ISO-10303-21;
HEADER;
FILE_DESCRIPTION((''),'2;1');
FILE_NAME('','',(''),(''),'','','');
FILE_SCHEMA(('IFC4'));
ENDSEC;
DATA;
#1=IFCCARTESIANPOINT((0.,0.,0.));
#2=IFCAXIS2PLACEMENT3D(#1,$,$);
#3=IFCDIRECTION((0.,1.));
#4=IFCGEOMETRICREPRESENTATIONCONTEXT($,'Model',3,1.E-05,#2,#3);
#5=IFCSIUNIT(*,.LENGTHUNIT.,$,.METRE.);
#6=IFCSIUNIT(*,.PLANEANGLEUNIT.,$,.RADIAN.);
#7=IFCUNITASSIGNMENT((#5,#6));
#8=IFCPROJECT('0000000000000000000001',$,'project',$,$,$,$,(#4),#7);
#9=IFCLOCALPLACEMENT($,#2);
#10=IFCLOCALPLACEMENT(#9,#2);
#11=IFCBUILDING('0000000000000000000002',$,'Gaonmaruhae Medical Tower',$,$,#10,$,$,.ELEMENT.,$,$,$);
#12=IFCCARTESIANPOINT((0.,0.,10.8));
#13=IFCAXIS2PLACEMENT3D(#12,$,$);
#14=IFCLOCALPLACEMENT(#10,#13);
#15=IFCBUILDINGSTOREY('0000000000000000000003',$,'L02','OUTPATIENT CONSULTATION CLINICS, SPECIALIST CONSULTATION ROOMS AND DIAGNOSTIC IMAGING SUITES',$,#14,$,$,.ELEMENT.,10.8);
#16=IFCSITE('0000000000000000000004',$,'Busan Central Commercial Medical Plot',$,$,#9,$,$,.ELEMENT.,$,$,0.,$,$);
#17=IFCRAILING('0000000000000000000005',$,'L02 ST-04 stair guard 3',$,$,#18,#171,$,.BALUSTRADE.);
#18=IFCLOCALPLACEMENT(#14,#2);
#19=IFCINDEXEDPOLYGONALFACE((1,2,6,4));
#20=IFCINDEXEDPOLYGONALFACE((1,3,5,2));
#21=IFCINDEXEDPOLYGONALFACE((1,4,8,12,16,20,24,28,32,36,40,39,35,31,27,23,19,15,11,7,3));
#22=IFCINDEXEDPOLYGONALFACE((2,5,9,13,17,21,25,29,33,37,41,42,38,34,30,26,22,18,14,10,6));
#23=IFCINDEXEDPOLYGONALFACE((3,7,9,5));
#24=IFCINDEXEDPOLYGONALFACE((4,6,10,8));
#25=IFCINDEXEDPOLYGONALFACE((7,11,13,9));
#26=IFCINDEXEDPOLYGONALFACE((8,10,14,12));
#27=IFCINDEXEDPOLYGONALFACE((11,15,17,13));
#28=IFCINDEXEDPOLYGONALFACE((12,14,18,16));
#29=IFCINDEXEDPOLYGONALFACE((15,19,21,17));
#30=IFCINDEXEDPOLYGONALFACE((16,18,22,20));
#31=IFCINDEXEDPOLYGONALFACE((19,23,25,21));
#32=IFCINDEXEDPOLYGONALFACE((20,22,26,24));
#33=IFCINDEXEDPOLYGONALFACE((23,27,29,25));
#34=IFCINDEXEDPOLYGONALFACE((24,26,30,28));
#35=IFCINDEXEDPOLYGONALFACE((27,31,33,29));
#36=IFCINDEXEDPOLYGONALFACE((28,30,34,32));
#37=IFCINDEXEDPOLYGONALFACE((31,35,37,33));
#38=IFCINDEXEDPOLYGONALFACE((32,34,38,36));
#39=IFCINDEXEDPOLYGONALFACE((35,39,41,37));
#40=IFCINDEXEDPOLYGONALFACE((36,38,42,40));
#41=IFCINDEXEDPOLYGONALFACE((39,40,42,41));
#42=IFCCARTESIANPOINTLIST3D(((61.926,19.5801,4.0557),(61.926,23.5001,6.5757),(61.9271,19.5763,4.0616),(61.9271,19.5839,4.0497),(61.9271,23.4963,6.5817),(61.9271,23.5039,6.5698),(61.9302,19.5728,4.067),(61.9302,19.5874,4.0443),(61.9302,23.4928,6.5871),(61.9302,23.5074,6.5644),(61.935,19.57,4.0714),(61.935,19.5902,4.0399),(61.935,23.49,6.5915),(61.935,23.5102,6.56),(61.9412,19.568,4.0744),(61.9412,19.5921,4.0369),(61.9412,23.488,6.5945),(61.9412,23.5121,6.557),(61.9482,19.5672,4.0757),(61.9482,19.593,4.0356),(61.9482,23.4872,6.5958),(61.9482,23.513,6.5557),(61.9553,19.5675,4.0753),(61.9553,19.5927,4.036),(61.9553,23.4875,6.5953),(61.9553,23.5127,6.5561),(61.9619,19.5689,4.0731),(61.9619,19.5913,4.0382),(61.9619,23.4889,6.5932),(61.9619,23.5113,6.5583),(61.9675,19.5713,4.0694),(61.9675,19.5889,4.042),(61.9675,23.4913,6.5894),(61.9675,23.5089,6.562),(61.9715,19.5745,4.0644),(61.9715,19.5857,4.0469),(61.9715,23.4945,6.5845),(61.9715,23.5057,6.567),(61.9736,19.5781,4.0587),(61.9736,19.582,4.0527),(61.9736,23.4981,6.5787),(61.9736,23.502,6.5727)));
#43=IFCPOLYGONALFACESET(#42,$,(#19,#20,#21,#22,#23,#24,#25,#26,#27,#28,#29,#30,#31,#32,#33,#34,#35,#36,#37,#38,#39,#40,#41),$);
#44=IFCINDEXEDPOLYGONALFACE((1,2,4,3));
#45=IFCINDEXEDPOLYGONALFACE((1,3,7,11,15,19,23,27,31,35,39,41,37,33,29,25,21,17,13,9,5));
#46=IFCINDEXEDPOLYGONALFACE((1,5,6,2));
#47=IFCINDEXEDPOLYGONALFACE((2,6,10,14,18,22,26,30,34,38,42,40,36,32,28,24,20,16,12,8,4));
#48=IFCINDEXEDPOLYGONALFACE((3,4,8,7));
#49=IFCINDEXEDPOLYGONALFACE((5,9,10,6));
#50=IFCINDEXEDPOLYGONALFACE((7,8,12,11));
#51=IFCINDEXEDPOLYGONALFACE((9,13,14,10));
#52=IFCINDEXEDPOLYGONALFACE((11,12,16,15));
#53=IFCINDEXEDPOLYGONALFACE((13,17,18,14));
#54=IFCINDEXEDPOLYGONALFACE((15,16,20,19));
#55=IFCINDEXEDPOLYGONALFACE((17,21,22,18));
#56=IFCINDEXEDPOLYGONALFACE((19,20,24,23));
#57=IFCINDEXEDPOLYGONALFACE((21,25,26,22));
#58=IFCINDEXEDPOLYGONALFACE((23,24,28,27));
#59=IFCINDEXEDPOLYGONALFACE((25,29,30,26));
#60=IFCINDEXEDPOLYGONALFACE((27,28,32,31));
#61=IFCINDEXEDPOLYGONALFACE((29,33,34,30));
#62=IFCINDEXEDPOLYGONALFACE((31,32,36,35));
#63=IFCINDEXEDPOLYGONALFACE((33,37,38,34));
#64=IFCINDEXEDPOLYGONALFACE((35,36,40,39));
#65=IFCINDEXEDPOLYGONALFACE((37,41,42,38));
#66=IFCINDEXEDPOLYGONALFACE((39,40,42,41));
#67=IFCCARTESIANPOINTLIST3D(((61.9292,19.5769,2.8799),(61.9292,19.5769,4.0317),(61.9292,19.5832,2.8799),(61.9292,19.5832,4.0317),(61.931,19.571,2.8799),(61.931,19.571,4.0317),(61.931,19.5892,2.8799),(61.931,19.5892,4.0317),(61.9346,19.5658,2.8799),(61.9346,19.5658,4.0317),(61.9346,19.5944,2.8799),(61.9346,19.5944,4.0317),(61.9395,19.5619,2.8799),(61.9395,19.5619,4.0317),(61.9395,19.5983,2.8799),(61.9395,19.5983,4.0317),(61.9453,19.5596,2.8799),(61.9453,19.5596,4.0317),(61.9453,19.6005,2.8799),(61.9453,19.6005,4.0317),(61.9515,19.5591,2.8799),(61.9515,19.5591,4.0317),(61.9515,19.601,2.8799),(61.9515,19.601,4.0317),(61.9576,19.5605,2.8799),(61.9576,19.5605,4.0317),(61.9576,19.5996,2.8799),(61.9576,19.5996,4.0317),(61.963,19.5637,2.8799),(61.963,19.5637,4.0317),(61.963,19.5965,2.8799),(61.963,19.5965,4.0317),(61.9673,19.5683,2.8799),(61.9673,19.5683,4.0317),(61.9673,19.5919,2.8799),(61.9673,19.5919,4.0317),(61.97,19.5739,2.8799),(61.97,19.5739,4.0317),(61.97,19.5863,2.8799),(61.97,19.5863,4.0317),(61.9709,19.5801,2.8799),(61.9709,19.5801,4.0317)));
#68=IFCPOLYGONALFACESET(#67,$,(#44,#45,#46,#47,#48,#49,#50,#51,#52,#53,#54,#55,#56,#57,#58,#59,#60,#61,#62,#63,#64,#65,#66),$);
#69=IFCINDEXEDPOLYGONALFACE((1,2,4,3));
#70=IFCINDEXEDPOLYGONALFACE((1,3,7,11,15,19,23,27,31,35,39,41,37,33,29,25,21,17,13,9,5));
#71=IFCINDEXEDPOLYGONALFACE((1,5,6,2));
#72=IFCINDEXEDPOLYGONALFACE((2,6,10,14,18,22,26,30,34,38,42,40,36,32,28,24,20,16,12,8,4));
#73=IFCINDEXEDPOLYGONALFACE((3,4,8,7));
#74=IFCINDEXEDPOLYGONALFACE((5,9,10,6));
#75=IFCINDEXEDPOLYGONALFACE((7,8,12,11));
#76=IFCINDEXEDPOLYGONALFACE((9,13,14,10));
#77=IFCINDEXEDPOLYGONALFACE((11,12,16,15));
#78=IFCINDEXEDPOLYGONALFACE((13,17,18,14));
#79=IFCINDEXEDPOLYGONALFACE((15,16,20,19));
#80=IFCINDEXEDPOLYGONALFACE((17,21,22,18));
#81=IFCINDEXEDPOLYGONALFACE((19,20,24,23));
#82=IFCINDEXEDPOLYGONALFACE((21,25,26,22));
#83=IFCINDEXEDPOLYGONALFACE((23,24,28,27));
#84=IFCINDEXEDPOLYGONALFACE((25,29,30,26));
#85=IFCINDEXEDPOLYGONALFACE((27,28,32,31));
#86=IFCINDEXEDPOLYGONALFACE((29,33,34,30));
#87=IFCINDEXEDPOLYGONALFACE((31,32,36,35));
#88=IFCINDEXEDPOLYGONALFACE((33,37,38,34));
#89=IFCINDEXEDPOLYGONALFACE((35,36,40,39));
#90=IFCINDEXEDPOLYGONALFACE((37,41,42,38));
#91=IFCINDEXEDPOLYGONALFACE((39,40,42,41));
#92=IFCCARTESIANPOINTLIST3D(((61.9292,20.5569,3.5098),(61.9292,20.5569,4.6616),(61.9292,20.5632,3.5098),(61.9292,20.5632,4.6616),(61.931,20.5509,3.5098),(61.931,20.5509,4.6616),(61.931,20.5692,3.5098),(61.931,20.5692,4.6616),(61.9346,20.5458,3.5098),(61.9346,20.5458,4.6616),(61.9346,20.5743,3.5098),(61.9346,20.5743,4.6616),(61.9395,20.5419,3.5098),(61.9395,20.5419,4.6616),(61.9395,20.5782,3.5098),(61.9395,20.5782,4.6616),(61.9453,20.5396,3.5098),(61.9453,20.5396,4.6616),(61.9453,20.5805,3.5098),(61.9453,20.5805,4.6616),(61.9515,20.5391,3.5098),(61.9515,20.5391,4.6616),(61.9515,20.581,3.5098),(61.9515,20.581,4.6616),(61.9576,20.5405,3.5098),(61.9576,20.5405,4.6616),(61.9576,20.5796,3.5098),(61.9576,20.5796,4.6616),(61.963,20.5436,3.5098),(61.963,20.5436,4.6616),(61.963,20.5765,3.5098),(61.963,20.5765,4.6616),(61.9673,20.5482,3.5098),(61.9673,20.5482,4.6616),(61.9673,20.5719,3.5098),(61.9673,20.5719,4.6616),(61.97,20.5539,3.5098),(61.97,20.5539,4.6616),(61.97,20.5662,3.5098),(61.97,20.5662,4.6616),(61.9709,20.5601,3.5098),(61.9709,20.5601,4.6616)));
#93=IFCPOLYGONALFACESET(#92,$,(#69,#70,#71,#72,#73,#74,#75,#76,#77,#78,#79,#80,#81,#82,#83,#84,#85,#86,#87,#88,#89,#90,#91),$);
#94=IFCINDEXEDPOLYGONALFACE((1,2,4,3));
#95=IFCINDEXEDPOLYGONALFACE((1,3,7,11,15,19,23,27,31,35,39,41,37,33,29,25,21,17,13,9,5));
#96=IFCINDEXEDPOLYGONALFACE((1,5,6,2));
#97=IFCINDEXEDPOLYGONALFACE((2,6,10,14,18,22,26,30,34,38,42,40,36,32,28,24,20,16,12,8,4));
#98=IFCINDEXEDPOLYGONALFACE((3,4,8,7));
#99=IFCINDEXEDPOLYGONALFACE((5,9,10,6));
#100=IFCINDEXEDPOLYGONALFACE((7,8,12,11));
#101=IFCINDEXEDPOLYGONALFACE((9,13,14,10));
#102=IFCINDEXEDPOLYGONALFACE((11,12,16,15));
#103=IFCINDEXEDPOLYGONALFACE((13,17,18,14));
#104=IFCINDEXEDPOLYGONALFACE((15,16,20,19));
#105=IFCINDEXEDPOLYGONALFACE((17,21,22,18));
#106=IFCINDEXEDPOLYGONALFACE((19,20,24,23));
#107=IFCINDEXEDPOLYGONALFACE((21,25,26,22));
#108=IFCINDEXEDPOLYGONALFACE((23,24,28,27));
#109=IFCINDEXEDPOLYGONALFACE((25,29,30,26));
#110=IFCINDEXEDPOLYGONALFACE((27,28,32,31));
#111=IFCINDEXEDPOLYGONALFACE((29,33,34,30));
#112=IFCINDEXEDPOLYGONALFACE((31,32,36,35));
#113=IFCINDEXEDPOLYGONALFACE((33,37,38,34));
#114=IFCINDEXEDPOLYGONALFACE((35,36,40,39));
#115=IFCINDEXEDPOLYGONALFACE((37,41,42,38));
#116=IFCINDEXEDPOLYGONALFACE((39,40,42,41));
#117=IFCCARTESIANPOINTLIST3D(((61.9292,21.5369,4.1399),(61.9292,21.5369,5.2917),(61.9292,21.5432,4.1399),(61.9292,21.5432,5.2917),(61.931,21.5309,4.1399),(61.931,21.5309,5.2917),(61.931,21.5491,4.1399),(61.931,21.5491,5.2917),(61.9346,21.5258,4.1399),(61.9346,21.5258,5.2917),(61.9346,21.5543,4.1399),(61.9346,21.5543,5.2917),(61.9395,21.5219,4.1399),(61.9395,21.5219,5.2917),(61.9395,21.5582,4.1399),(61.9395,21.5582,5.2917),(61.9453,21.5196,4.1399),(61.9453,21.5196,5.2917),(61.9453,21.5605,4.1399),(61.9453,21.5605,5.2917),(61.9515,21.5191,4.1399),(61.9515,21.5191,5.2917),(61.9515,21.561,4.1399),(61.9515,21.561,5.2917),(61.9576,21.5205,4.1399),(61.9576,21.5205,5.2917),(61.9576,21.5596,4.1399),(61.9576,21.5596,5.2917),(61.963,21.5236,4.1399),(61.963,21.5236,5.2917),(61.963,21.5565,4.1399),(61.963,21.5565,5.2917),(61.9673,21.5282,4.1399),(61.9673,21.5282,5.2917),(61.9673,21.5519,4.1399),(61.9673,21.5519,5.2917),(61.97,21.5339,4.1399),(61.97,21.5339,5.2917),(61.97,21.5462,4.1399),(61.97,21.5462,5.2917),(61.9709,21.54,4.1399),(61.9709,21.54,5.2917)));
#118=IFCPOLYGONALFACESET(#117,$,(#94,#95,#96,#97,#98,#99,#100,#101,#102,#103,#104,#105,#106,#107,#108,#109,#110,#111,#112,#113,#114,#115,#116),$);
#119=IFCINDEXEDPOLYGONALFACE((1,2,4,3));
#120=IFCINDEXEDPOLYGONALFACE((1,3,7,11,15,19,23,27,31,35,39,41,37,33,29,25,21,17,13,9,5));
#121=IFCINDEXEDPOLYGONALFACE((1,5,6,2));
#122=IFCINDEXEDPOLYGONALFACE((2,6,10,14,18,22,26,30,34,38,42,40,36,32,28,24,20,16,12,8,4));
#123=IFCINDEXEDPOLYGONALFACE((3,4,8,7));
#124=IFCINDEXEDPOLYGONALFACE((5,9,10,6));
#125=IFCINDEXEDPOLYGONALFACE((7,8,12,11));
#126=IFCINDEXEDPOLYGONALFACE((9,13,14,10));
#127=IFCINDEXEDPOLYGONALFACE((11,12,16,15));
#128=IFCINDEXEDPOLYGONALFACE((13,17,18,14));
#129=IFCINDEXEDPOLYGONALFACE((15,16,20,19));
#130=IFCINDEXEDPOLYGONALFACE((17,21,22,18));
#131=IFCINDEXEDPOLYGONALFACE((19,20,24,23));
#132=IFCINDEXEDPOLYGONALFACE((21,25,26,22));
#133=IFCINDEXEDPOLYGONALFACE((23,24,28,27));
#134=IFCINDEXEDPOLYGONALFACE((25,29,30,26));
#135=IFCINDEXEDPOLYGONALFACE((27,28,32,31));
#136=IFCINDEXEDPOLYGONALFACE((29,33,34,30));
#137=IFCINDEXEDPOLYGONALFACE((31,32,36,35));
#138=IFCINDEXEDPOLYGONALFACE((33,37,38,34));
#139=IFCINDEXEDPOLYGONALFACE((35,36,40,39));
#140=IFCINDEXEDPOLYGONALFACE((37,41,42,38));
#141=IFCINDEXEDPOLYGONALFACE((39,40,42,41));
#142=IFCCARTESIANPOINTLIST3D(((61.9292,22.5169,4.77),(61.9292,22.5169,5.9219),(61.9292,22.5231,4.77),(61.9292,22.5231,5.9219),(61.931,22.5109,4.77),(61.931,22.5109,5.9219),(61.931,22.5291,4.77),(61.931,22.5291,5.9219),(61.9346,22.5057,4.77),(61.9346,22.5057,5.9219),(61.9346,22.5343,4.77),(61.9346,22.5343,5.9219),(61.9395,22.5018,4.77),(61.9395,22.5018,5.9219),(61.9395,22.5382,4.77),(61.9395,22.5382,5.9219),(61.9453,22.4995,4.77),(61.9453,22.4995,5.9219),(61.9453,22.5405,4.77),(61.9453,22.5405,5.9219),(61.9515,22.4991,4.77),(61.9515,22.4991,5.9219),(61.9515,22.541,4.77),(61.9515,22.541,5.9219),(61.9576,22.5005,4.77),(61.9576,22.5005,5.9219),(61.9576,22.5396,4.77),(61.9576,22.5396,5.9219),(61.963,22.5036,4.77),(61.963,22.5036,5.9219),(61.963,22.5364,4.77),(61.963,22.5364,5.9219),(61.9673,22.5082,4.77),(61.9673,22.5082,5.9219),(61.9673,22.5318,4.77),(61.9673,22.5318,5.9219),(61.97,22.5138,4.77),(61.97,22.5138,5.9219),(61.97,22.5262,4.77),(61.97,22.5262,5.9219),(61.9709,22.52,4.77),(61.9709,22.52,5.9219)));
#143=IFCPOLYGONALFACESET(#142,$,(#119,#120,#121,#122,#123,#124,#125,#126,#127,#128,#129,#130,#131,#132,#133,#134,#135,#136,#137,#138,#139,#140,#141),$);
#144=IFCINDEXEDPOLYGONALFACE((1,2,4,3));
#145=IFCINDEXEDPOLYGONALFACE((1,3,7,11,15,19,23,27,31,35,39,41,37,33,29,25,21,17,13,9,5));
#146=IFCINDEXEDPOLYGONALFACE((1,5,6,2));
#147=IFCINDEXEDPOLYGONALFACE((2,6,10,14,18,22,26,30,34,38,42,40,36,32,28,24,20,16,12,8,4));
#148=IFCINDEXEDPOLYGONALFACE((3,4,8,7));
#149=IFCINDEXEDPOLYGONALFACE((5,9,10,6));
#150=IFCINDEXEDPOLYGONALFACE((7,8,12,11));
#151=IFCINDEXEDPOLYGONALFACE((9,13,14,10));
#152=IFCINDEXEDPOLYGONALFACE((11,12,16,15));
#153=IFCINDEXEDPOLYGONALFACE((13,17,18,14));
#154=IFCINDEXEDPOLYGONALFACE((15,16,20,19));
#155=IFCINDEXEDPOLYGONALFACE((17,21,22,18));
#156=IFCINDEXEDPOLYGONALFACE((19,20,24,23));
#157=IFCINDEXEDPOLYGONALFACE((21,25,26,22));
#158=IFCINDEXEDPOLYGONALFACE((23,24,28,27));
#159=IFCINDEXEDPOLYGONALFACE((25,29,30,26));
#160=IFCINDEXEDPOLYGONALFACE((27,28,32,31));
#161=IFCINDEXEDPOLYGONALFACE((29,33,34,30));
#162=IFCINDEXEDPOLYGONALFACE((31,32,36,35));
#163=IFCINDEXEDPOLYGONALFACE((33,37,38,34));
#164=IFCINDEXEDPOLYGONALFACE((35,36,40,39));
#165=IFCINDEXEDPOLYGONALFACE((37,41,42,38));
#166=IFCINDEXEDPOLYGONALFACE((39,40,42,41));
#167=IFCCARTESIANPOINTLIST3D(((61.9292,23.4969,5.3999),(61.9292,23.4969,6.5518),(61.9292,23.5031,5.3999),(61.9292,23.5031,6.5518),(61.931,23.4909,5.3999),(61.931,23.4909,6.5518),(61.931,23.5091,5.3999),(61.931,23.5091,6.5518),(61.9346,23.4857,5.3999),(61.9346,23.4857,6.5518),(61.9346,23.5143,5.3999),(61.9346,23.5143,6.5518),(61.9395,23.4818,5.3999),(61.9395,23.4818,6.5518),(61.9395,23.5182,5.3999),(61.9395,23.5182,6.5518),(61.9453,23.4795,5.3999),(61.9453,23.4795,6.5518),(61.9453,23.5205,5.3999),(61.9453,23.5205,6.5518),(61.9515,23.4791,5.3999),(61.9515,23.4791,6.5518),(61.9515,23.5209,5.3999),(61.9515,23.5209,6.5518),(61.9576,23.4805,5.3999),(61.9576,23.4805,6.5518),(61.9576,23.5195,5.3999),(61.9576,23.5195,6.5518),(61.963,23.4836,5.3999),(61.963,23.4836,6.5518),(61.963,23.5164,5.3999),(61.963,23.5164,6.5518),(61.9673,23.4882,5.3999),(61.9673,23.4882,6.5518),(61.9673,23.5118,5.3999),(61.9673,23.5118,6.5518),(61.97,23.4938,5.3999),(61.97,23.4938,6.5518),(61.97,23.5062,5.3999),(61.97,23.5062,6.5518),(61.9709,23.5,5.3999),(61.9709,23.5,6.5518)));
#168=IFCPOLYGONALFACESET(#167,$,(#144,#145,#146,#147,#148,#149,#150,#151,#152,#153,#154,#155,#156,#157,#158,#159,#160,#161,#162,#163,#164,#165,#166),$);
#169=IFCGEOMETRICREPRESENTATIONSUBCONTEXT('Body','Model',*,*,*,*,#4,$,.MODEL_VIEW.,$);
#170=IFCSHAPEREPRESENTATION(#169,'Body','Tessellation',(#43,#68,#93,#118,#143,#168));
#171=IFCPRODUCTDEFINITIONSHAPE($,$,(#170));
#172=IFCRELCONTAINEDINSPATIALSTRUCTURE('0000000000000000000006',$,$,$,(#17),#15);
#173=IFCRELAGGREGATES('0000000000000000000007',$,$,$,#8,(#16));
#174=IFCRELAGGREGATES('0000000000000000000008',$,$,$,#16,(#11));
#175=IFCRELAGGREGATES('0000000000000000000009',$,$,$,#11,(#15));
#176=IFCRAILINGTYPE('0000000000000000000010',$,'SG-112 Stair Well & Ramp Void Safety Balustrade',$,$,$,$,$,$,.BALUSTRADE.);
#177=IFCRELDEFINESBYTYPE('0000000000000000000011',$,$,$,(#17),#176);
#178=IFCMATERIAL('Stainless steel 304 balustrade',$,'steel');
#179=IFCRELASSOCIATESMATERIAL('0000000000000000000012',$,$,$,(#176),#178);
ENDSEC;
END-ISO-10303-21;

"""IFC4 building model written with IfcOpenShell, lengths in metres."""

from ifc_helpers import new_model, si_unit, direction, frame, origin, origin_2d, place, context, subcontext, project, spatial, circle, extrude, material, type_object, element, save


model = new_model("IFC4")

# Units and contexts
model_context = context("Model", 3, precision=1e-05, world=origin(), true_north=direction((0.0, 1.0)))
body_context = subcontext(model_context, "Body", "Model", "MODEL_VIEW")
ifc_project = project(units=[si_unit("LENGTHUNIT", "METRE"), si_unit("PLANEANGLEUNIT", "RADIAN")], contexts=[model_context])

# Site, building, storey
site_placement = place(None, origin())
site = spatial("IfcSite", under=ifc_project, at=site_placement, Name="Busan Central Commercial Medical Plot", CompositionType="ELEMENT", RefElevation=0.0)
building_placement = place(site_placement, origin())
building = spatial("IfcBuilding", under=site, at=building_placement, Name="Gaonmaruhae Medical Tower", CompositionType="ELEMENT")
storey_placement = place(building_placement, frame((0.0, 0.0, 10.8)))
storey = spatial("IfcBuildingStorey", under=building, at=storey_placement, Name="L02", Description="OUTPATIENT CONSULTATION CLINICS, SPECIALIST CONSULTATION ROOMS AND DIAGNOSTIC IMAGING SUITES", CompositionType="ELEMENT", Elevation=10.8)

# Railing
ifc_material_1 = material(Name="Stainless steel 304 balustrade", Category="steel")
railing_type_1 = type_object("IfcRailingType", Name="SG-112 Stair Well & Ramp Void Safety Balustrade", PredefinedType="BALUSTRADE", material=ifc_material_1)
railing_1_placement = place(storey_placement, frame((61.95, 19.5801, 2.8799)))
element("IfcRailing", 1, at=railing_1_placement, inside=storey, type_object=railing_type_1, Name="L02 ST-04 stair guard 3", PredefinedType="BALUSTRADE", context=body_context, shape_type="SweptSolid", body=[
    extrude(circle(Radius=0.0239, at=origin_2d()), frame((0.0, 0.0, 1.1758), z_axis=(0.0, 0.841172, 0.540768), x_axis=(-1.0, 0.0, 0.0)), (0.0, 0.0, 1.0), 4.6602),
    extrude(circle(Radius=0.021, at=origin_2d()), origin(), (0.0, 0.0, 1.0), 1.1519),
    extrude(circle(Radius=0.021, at=origin_2d()), frame((0.0, 0.98, 0.6299)), (0.0, 0.0, 1.0), 1.1519),
    extrude(circle(Radius=0.021, at=origin_2d()), frame((0.0, 1.96, 1.26)), (0.0, 0.0, 1.0), 1.1519),
    extrude(circle(Radius=0.021, at=origin_2d()), frame((0.0, 2.9399, 1.8901)), (0.0, 0.0, 1.0), 1.1519),
    extrude(circle(Radius=0.021, at=origin_2d()), frame((0.0, 3.9199, 2.52)), (0.0, 0.0, 1.0), 1.1519),
])

save(model, "model.ifc")
